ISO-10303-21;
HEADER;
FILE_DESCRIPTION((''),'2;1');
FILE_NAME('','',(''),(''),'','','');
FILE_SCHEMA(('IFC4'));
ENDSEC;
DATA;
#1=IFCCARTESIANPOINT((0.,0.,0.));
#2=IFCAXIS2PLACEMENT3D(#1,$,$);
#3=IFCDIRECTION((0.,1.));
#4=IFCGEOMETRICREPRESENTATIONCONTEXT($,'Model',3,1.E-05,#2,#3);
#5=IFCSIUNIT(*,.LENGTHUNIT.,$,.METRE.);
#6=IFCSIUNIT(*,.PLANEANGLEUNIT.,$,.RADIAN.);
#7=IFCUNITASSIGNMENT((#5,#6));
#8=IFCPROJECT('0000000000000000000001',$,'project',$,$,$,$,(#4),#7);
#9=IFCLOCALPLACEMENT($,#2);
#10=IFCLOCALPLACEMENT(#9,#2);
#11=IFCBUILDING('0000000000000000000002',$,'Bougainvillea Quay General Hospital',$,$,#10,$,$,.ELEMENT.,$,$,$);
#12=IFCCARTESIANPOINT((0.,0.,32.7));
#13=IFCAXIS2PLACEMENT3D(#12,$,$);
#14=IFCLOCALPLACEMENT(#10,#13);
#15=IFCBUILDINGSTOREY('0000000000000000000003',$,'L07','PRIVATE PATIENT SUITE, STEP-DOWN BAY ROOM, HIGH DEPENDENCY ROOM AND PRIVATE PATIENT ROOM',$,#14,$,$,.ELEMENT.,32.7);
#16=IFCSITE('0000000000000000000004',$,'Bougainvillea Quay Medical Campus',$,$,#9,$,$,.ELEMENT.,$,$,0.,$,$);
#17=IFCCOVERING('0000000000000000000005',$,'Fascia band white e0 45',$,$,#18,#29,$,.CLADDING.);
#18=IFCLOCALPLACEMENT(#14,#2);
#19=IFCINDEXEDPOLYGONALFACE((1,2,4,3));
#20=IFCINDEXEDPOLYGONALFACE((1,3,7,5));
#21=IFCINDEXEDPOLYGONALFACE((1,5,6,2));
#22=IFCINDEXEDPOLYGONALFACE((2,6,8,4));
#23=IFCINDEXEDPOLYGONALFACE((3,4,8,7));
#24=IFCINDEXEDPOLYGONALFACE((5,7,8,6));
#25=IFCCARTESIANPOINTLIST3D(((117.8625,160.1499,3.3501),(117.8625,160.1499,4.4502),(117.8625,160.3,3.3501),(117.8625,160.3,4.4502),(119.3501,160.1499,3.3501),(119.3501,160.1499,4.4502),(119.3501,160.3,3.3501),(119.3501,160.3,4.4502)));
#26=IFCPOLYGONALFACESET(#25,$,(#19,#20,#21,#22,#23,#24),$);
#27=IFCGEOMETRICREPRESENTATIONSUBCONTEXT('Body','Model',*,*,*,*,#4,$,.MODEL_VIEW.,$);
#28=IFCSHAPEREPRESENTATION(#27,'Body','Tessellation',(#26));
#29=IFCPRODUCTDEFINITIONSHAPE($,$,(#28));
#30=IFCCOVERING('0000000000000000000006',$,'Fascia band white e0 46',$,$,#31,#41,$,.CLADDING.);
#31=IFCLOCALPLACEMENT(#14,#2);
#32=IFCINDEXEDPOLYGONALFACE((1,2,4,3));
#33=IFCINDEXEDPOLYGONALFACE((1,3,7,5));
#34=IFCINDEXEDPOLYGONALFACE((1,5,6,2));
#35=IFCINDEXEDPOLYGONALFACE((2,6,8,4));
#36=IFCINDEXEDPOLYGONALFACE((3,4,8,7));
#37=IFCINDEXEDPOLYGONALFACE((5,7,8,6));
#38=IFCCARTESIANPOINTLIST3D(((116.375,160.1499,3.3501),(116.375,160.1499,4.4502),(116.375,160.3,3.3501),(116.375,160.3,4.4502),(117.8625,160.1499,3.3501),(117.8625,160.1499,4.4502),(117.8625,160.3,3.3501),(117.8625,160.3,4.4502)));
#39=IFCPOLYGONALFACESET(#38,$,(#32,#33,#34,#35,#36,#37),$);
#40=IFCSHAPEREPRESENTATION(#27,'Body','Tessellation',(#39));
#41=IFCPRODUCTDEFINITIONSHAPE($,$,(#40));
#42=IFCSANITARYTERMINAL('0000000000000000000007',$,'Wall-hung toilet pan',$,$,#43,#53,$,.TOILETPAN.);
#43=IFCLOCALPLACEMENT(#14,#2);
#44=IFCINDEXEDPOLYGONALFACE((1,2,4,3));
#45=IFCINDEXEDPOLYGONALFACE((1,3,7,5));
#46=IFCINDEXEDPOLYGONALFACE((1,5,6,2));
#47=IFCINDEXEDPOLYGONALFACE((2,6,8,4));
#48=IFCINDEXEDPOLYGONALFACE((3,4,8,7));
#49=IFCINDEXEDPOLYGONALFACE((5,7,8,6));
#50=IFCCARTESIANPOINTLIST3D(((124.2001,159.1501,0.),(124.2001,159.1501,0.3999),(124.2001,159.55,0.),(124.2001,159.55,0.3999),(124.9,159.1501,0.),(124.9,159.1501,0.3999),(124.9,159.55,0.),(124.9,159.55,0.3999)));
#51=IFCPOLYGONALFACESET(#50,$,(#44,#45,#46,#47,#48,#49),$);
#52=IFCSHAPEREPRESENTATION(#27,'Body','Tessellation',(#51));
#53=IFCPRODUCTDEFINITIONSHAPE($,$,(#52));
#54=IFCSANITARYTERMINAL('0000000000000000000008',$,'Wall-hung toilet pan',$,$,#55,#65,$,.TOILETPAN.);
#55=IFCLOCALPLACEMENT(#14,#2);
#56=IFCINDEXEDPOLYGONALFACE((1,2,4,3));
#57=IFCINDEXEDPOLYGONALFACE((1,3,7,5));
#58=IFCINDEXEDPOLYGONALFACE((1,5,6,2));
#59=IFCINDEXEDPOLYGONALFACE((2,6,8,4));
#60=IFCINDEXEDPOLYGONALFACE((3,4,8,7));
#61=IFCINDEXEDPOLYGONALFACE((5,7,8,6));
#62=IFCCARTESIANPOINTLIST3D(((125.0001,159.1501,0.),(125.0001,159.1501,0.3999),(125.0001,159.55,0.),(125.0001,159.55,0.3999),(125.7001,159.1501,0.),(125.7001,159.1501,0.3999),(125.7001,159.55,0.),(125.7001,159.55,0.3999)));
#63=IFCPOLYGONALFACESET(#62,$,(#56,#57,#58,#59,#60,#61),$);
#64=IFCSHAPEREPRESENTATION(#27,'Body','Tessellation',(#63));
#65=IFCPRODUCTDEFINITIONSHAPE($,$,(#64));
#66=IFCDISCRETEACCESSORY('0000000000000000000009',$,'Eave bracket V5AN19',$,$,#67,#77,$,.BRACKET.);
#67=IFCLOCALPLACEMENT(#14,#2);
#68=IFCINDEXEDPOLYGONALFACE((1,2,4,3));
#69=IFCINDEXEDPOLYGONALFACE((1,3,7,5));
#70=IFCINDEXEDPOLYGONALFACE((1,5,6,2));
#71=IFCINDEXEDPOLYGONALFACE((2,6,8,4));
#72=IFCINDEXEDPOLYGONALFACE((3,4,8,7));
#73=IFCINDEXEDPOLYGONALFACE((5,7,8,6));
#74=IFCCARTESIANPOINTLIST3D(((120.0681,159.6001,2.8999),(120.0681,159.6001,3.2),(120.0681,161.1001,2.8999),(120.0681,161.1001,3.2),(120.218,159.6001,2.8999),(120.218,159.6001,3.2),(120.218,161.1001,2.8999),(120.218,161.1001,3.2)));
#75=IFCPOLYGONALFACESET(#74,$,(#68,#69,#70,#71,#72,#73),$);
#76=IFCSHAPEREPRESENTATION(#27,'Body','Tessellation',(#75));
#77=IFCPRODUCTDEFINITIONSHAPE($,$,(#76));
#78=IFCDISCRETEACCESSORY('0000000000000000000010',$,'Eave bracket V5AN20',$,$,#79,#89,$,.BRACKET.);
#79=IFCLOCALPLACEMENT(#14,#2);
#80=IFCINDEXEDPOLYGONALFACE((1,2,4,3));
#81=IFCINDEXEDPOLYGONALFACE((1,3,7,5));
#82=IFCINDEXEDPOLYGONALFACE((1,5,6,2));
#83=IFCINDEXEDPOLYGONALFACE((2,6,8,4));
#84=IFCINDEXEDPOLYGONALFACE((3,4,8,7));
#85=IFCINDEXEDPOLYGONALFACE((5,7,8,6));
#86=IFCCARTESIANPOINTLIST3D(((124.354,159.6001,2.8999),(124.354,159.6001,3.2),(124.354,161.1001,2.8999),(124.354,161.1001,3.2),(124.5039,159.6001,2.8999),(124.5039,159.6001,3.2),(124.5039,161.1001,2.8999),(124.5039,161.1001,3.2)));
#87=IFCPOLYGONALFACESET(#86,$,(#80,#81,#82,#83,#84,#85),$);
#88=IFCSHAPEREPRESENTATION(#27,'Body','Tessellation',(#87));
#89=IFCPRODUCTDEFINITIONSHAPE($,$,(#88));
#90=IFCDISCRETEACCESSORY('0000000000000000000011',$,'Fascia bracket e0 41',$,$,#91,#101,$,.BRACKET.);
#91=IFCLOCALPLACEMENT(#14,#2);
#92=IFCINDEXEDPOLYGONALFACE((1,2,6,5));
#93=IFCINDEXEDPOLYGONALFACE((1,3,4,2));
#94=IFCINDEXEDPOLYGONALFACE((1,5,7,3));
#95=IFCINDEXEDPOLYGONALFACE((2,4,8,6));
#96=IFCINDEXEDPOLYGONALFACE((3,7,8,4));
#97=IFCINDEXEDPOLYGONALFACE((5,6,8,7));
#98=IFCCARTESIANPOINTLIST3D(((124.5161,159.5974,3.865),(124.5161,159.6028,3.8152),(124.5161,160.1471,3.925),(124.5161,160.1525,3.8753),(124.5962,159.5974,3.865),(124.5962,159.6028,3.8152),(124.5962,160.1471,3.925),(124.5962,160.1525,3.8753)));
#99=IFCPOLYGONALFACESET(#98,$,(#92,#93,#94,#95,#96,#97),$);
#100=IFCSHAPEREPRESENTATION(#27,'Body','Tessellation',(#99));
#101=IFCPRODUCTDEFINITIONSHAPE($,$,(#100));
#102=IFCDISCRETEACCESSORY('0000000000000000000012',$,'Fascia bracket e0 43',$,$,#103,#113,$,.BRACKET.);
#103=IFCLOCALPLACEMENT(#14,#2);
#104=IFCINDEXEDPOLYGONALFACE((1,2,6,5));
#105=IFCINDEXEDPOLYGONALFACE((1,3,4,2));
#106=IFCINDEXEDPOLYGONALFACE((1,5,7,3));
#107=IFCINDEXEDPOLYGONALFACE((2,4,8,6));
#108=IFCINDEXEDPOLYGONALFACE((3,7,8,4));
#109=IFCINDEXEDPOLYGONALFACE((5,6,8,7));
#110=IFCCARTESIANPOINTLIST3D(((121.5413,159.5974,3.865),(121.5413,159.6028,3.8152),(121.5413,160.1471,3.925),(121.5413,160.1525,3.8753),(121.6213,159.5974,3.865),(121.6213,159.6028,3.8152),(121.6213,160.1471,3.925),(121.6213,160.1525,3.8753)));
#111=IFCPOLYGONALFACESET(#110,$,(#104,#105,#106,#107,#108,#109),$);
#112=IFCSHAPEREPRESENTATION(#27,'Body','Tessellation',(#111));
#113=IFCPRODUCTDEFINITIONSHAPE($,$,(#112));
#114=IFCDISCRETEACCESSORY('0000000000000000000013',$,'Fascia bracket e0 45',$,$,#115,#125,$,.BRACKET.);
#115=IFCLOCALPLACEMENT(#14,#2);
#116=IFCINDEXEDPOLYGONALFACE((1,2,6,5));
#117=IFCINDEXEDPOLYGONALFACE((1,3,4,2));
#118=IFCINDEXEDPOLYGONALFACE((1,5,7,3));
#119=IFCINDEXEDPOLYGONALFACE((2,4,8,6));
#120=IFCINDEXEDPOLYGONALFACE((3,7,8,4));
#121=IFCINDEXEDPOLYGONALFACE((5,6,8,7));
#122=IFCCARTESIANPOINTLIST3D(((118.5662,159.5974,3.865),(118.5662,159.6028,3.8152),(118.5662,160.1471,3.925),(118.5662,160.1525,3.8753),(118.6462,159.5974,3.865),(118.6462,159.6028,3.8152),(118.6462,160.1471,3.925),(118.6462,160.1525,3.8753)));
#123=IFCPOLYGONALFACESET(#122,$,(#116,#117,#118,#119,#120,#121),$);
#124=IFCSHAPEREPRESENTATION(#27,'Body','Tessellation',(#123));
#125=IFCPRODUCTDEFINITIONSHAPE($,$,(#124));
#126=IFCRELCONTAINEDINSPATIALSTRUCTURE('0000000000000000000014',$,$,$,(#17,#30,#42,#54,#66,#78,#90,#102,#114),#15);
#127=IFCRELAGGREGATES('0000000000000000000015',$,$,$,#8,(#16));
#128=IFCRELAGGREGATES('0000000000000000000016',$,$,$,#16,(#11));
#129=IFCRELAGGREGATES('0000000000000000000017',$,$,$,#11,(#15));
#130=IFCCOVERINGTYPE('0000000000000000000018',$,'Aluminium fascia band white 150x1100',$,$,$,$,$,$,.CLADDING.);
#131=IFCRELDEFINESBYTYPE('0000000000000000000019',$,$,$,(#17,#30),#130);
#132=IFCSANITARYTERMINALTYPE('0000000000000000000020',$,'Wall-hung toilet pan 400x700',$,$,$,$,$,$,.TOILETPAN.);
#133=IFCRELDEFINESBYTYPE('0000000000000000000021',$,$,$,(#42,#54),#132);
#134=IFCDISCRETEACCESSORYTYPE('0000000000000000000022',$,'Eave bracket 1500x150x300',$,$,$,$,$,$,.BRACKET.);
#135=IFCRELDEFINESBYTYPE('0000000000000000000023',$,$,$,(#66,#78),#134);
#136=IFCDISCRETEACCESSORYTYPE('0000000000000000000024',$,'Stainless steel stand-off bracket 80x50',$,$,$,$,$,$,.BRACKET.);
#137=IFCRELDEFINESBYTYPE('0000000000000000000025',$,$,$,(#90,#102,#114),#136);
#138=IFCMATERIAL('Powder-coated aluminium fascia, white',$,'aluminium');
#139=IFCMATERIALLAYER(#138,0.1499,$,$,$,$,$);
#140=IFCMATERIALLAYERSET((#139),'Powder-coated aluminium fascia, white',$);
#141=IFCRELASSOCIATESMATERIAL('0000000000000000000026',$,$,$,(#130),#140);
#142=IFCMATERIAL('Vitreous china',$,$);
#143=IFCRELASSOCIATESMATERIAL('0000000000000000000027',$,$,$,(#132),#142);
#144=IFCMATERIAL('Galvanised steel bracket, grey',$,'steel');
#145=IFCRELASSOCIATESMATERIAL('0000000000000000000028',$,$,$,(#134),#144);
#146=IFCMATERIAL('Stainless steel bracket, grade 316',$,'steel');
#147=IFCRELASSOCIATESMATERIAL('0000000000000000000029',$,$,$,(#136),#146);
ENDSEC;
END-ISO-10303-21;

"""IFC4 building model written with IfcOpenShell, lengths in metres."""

from ifc_helpers import new_model, si_unit, direction, frame, origin, origin_2d, place, context, subcontext, project, spatial, polyline, rectangle, outline, extrude, material, layer, layer_set, material_profile, profile_set, type_object, element, save


model = new_model("IFC4")

# Units and contexts
model_context = context("Model", 3, precision=1e-05, world=origin(), true_north=direction((0.0, 1.0)))
body_context = subcontext(model_context, "Body", "Model", "MODEL_VIEW")
ifc_project = project(units=[si_unit("LENGTHUNIT", "METRE"), si_unit("PLANEANGLEUNIT", "RADIAN")], contexts=[model_context])

# Site, building, storey
site_placement = place(None, origin())
site = spatial("IfcSite", under=ifc_project, at=site_placement, Name="Bougainvillea Quay Medical Campus", CompositionType="ELEMENT", RefElevation=0.0)
building_placement = place(site_placement, origin())
building = spatial("IfcBuilding", under=site, at=building_placement, Name="Bougainvillea Quay General Hospital", CompositionType="ELEMENT")
storey_placement = place(building_placement, frame((0.0, 0.0, 32.7)))
storey = spatial("IfcBuildingStorey", under=building, at=storey_placement, Name="L07", Description="PRIVATE PATIENT SUITE, STEP-DOWN BAY ROOM, HIGH DEPENDENCY ROOM AND PRIVATE PATIENT ROOM", CompositionType="ELEMENT", Elevation=32.7)

# Coverings
ifc_material_1 = material(Name="Powder-coated aluminium fascia, white", Category="aluminium")
ifc_layer_1 = layer(ifc_material_1, 0.1499)
ifc_layer_set_1 = layer_set([ifc_layer_1], Name="Powder-coated aluminium fascia, white")
covering_type = type_object("IfcCoveringType", Name="Aluminium fascia band white 150x1100", PredefinedType="CLADDING", material=ifc_layer_set_1)
for number, where, z_axis, x_axis, name in (
    (1, (119.3501, 160.1499, 3.3501), (0.0, 0.0, 1.0), (-1.0, 0.0, 0.0), "Fascia band white e0 45"),
    (2, (117.8625, 160.1499, 3.3501), (0.0, 0.0, 1.0), (-1.0, 0.0, 0.0), "Fascia band white e0 46"),
):
    element("IfcCovering", number, at=place(storey_placement, frame(where, z_axis=z_axis, x_axis=x_axis)), inside=storey, type_object=covering_type, Name=name, PredefinedType="CLADDING", context=body_context, shape_type="SweptSolid", body=[
        extrude(outline(polyline([(0.0, 0.0), (1.4875, 0.0), (1.4875, -0.1501), (0.0, -0.1501), (0.0, 0.0)])), origin(), (0.0, 0.0, 1.0), 1.1001),
    ])

# Sanitary terminals
ifc_material_2 = material(Name="Vitreous china")
sanitary_terminal_type = type_object("IfcSanitaryTerminalType", Name="Wall-hung toilet pan 400x700", PredefinedType="TOILETPAN", material=ifc_material_2)
for number, where, z_axis, x_axis, name in (
    (3, (124.55, 159.3501, 0.0), (0.0, 0.0, 1.0), (0.0, -1.0, 0.0), "Wall-hung toilet pan"),
    (4, (125.3501, 159.3501, 0.0), (0.0, 0.0, 1.0), (0.0, 1.0, 0.0), "Wall-hung toilet pan"),
):
    element("IfcSanitaryTerminal", number, at=place(storey_placement, frame(where, z_axis=z_axis, x_axis=x_axis)), inside=storey, type_object=sanitary_terminal_type, Name=name, PredefinedType="TOILETPAN", context=body_context, shape_type="SweptSolid", body=[
        extrude(rectangle(XDim=0.3999, YDim=0.7, at=origin_2d()), origin(), (0.0, 0.0, 1.0), 0.3999),
    ])

# Discrete accessories
ifc_material_3 = material(Name="Galvanised steel bracket, grey", Category="steel")
discrete_accessory_type_1 = type_object("IfcDiscreteAccessoryType", Name="Eave bracket 1500x150x300", PredefinedType="BRACKET", material=ifc_material_3)
for number, where, z_axis, x_axis, name in (
    (5, (120.1431, 160.3501, 2.8999), (0.0, 0.0, 1.0), (1.0, 0.0, 0.0), "Eave bracket V5AN19"),
    (6, (124.429, 160.3501, 2.8999), (0.0, 0.0, 1.0), (1.0, 0.0, 0.0), "Eave bracket V5AN20"),
):
    element("IfcDiscreteAccessory", number, at=place(storey_placement, frame(where, z_axis=z_axis, x_axis=x_axis)), inside=storey, type_object=discrete_accessory_type_1, Name=name, PredefinedType="BRACKET", context=body_context, shape_type="SweptSolid", body=[
        extrude(rectangle(XDim=0.1499, YDim=1.5, at=origin_2d()), origin(), (0.0, 0.0, 1.0), 0.3),
    ])
ifc_material_4 = material(Name="Stainless steel bracket, grade 316", Category="steel")
ifc_material_profile_1 = material_profile(ifc_material_4, rectangle(XDim=0.0801, YDim=0.05, at=origin_2d()))
ifc_profile_set_1 = profile_set([ifc_material_profile_1], Name="Stainless steel bracket, grade 316")
discrete_accessory_type_2 = type_object("IfcDiscreteAccessoryType", Name="Stainless steel stand-off bracket 80x50", PredefinedType="BRACKET", material=ifc_profile_set_1)
for number, where, z_axis, x_axis, name in (
    (7, (124.5562, 159.6001, 3.8401), (0.0, 0.994087, 0.10859), (-1.0, 0.0, 0.0), "Fascia bracket e0 41"),
    (8, (121.5813, 159.6001, 3.8401), (0.0, 0.994087, 0.10859), (-1.0, 0.0, 0.0), "Fascia bracket e0 43"),
    (9, (118.6062, 159.6001, 3.8401), (0.0, 0.994087, 0.10859), (-1.0, 0.0, 0.0), "Fascia bracket e0 45"),
):
    element("IfcDiscreteAccessory", number, at=place(storey_placement, frame(where, z_axis=z_axis, x_axis=x_axis)), inside=storey, type_object=discrete_accessory_type_2, Name=name, PredefinedType="BRACKET", context=body_context, shape_type="SweptSolid", body=[
        extrude(rectangle(XDim=0.0801, YDim=0.05, at=origin_2d()), origin(), (0.0, 0.0, 1.0), 0.553),
    ])

save(model, "model.ifc")
